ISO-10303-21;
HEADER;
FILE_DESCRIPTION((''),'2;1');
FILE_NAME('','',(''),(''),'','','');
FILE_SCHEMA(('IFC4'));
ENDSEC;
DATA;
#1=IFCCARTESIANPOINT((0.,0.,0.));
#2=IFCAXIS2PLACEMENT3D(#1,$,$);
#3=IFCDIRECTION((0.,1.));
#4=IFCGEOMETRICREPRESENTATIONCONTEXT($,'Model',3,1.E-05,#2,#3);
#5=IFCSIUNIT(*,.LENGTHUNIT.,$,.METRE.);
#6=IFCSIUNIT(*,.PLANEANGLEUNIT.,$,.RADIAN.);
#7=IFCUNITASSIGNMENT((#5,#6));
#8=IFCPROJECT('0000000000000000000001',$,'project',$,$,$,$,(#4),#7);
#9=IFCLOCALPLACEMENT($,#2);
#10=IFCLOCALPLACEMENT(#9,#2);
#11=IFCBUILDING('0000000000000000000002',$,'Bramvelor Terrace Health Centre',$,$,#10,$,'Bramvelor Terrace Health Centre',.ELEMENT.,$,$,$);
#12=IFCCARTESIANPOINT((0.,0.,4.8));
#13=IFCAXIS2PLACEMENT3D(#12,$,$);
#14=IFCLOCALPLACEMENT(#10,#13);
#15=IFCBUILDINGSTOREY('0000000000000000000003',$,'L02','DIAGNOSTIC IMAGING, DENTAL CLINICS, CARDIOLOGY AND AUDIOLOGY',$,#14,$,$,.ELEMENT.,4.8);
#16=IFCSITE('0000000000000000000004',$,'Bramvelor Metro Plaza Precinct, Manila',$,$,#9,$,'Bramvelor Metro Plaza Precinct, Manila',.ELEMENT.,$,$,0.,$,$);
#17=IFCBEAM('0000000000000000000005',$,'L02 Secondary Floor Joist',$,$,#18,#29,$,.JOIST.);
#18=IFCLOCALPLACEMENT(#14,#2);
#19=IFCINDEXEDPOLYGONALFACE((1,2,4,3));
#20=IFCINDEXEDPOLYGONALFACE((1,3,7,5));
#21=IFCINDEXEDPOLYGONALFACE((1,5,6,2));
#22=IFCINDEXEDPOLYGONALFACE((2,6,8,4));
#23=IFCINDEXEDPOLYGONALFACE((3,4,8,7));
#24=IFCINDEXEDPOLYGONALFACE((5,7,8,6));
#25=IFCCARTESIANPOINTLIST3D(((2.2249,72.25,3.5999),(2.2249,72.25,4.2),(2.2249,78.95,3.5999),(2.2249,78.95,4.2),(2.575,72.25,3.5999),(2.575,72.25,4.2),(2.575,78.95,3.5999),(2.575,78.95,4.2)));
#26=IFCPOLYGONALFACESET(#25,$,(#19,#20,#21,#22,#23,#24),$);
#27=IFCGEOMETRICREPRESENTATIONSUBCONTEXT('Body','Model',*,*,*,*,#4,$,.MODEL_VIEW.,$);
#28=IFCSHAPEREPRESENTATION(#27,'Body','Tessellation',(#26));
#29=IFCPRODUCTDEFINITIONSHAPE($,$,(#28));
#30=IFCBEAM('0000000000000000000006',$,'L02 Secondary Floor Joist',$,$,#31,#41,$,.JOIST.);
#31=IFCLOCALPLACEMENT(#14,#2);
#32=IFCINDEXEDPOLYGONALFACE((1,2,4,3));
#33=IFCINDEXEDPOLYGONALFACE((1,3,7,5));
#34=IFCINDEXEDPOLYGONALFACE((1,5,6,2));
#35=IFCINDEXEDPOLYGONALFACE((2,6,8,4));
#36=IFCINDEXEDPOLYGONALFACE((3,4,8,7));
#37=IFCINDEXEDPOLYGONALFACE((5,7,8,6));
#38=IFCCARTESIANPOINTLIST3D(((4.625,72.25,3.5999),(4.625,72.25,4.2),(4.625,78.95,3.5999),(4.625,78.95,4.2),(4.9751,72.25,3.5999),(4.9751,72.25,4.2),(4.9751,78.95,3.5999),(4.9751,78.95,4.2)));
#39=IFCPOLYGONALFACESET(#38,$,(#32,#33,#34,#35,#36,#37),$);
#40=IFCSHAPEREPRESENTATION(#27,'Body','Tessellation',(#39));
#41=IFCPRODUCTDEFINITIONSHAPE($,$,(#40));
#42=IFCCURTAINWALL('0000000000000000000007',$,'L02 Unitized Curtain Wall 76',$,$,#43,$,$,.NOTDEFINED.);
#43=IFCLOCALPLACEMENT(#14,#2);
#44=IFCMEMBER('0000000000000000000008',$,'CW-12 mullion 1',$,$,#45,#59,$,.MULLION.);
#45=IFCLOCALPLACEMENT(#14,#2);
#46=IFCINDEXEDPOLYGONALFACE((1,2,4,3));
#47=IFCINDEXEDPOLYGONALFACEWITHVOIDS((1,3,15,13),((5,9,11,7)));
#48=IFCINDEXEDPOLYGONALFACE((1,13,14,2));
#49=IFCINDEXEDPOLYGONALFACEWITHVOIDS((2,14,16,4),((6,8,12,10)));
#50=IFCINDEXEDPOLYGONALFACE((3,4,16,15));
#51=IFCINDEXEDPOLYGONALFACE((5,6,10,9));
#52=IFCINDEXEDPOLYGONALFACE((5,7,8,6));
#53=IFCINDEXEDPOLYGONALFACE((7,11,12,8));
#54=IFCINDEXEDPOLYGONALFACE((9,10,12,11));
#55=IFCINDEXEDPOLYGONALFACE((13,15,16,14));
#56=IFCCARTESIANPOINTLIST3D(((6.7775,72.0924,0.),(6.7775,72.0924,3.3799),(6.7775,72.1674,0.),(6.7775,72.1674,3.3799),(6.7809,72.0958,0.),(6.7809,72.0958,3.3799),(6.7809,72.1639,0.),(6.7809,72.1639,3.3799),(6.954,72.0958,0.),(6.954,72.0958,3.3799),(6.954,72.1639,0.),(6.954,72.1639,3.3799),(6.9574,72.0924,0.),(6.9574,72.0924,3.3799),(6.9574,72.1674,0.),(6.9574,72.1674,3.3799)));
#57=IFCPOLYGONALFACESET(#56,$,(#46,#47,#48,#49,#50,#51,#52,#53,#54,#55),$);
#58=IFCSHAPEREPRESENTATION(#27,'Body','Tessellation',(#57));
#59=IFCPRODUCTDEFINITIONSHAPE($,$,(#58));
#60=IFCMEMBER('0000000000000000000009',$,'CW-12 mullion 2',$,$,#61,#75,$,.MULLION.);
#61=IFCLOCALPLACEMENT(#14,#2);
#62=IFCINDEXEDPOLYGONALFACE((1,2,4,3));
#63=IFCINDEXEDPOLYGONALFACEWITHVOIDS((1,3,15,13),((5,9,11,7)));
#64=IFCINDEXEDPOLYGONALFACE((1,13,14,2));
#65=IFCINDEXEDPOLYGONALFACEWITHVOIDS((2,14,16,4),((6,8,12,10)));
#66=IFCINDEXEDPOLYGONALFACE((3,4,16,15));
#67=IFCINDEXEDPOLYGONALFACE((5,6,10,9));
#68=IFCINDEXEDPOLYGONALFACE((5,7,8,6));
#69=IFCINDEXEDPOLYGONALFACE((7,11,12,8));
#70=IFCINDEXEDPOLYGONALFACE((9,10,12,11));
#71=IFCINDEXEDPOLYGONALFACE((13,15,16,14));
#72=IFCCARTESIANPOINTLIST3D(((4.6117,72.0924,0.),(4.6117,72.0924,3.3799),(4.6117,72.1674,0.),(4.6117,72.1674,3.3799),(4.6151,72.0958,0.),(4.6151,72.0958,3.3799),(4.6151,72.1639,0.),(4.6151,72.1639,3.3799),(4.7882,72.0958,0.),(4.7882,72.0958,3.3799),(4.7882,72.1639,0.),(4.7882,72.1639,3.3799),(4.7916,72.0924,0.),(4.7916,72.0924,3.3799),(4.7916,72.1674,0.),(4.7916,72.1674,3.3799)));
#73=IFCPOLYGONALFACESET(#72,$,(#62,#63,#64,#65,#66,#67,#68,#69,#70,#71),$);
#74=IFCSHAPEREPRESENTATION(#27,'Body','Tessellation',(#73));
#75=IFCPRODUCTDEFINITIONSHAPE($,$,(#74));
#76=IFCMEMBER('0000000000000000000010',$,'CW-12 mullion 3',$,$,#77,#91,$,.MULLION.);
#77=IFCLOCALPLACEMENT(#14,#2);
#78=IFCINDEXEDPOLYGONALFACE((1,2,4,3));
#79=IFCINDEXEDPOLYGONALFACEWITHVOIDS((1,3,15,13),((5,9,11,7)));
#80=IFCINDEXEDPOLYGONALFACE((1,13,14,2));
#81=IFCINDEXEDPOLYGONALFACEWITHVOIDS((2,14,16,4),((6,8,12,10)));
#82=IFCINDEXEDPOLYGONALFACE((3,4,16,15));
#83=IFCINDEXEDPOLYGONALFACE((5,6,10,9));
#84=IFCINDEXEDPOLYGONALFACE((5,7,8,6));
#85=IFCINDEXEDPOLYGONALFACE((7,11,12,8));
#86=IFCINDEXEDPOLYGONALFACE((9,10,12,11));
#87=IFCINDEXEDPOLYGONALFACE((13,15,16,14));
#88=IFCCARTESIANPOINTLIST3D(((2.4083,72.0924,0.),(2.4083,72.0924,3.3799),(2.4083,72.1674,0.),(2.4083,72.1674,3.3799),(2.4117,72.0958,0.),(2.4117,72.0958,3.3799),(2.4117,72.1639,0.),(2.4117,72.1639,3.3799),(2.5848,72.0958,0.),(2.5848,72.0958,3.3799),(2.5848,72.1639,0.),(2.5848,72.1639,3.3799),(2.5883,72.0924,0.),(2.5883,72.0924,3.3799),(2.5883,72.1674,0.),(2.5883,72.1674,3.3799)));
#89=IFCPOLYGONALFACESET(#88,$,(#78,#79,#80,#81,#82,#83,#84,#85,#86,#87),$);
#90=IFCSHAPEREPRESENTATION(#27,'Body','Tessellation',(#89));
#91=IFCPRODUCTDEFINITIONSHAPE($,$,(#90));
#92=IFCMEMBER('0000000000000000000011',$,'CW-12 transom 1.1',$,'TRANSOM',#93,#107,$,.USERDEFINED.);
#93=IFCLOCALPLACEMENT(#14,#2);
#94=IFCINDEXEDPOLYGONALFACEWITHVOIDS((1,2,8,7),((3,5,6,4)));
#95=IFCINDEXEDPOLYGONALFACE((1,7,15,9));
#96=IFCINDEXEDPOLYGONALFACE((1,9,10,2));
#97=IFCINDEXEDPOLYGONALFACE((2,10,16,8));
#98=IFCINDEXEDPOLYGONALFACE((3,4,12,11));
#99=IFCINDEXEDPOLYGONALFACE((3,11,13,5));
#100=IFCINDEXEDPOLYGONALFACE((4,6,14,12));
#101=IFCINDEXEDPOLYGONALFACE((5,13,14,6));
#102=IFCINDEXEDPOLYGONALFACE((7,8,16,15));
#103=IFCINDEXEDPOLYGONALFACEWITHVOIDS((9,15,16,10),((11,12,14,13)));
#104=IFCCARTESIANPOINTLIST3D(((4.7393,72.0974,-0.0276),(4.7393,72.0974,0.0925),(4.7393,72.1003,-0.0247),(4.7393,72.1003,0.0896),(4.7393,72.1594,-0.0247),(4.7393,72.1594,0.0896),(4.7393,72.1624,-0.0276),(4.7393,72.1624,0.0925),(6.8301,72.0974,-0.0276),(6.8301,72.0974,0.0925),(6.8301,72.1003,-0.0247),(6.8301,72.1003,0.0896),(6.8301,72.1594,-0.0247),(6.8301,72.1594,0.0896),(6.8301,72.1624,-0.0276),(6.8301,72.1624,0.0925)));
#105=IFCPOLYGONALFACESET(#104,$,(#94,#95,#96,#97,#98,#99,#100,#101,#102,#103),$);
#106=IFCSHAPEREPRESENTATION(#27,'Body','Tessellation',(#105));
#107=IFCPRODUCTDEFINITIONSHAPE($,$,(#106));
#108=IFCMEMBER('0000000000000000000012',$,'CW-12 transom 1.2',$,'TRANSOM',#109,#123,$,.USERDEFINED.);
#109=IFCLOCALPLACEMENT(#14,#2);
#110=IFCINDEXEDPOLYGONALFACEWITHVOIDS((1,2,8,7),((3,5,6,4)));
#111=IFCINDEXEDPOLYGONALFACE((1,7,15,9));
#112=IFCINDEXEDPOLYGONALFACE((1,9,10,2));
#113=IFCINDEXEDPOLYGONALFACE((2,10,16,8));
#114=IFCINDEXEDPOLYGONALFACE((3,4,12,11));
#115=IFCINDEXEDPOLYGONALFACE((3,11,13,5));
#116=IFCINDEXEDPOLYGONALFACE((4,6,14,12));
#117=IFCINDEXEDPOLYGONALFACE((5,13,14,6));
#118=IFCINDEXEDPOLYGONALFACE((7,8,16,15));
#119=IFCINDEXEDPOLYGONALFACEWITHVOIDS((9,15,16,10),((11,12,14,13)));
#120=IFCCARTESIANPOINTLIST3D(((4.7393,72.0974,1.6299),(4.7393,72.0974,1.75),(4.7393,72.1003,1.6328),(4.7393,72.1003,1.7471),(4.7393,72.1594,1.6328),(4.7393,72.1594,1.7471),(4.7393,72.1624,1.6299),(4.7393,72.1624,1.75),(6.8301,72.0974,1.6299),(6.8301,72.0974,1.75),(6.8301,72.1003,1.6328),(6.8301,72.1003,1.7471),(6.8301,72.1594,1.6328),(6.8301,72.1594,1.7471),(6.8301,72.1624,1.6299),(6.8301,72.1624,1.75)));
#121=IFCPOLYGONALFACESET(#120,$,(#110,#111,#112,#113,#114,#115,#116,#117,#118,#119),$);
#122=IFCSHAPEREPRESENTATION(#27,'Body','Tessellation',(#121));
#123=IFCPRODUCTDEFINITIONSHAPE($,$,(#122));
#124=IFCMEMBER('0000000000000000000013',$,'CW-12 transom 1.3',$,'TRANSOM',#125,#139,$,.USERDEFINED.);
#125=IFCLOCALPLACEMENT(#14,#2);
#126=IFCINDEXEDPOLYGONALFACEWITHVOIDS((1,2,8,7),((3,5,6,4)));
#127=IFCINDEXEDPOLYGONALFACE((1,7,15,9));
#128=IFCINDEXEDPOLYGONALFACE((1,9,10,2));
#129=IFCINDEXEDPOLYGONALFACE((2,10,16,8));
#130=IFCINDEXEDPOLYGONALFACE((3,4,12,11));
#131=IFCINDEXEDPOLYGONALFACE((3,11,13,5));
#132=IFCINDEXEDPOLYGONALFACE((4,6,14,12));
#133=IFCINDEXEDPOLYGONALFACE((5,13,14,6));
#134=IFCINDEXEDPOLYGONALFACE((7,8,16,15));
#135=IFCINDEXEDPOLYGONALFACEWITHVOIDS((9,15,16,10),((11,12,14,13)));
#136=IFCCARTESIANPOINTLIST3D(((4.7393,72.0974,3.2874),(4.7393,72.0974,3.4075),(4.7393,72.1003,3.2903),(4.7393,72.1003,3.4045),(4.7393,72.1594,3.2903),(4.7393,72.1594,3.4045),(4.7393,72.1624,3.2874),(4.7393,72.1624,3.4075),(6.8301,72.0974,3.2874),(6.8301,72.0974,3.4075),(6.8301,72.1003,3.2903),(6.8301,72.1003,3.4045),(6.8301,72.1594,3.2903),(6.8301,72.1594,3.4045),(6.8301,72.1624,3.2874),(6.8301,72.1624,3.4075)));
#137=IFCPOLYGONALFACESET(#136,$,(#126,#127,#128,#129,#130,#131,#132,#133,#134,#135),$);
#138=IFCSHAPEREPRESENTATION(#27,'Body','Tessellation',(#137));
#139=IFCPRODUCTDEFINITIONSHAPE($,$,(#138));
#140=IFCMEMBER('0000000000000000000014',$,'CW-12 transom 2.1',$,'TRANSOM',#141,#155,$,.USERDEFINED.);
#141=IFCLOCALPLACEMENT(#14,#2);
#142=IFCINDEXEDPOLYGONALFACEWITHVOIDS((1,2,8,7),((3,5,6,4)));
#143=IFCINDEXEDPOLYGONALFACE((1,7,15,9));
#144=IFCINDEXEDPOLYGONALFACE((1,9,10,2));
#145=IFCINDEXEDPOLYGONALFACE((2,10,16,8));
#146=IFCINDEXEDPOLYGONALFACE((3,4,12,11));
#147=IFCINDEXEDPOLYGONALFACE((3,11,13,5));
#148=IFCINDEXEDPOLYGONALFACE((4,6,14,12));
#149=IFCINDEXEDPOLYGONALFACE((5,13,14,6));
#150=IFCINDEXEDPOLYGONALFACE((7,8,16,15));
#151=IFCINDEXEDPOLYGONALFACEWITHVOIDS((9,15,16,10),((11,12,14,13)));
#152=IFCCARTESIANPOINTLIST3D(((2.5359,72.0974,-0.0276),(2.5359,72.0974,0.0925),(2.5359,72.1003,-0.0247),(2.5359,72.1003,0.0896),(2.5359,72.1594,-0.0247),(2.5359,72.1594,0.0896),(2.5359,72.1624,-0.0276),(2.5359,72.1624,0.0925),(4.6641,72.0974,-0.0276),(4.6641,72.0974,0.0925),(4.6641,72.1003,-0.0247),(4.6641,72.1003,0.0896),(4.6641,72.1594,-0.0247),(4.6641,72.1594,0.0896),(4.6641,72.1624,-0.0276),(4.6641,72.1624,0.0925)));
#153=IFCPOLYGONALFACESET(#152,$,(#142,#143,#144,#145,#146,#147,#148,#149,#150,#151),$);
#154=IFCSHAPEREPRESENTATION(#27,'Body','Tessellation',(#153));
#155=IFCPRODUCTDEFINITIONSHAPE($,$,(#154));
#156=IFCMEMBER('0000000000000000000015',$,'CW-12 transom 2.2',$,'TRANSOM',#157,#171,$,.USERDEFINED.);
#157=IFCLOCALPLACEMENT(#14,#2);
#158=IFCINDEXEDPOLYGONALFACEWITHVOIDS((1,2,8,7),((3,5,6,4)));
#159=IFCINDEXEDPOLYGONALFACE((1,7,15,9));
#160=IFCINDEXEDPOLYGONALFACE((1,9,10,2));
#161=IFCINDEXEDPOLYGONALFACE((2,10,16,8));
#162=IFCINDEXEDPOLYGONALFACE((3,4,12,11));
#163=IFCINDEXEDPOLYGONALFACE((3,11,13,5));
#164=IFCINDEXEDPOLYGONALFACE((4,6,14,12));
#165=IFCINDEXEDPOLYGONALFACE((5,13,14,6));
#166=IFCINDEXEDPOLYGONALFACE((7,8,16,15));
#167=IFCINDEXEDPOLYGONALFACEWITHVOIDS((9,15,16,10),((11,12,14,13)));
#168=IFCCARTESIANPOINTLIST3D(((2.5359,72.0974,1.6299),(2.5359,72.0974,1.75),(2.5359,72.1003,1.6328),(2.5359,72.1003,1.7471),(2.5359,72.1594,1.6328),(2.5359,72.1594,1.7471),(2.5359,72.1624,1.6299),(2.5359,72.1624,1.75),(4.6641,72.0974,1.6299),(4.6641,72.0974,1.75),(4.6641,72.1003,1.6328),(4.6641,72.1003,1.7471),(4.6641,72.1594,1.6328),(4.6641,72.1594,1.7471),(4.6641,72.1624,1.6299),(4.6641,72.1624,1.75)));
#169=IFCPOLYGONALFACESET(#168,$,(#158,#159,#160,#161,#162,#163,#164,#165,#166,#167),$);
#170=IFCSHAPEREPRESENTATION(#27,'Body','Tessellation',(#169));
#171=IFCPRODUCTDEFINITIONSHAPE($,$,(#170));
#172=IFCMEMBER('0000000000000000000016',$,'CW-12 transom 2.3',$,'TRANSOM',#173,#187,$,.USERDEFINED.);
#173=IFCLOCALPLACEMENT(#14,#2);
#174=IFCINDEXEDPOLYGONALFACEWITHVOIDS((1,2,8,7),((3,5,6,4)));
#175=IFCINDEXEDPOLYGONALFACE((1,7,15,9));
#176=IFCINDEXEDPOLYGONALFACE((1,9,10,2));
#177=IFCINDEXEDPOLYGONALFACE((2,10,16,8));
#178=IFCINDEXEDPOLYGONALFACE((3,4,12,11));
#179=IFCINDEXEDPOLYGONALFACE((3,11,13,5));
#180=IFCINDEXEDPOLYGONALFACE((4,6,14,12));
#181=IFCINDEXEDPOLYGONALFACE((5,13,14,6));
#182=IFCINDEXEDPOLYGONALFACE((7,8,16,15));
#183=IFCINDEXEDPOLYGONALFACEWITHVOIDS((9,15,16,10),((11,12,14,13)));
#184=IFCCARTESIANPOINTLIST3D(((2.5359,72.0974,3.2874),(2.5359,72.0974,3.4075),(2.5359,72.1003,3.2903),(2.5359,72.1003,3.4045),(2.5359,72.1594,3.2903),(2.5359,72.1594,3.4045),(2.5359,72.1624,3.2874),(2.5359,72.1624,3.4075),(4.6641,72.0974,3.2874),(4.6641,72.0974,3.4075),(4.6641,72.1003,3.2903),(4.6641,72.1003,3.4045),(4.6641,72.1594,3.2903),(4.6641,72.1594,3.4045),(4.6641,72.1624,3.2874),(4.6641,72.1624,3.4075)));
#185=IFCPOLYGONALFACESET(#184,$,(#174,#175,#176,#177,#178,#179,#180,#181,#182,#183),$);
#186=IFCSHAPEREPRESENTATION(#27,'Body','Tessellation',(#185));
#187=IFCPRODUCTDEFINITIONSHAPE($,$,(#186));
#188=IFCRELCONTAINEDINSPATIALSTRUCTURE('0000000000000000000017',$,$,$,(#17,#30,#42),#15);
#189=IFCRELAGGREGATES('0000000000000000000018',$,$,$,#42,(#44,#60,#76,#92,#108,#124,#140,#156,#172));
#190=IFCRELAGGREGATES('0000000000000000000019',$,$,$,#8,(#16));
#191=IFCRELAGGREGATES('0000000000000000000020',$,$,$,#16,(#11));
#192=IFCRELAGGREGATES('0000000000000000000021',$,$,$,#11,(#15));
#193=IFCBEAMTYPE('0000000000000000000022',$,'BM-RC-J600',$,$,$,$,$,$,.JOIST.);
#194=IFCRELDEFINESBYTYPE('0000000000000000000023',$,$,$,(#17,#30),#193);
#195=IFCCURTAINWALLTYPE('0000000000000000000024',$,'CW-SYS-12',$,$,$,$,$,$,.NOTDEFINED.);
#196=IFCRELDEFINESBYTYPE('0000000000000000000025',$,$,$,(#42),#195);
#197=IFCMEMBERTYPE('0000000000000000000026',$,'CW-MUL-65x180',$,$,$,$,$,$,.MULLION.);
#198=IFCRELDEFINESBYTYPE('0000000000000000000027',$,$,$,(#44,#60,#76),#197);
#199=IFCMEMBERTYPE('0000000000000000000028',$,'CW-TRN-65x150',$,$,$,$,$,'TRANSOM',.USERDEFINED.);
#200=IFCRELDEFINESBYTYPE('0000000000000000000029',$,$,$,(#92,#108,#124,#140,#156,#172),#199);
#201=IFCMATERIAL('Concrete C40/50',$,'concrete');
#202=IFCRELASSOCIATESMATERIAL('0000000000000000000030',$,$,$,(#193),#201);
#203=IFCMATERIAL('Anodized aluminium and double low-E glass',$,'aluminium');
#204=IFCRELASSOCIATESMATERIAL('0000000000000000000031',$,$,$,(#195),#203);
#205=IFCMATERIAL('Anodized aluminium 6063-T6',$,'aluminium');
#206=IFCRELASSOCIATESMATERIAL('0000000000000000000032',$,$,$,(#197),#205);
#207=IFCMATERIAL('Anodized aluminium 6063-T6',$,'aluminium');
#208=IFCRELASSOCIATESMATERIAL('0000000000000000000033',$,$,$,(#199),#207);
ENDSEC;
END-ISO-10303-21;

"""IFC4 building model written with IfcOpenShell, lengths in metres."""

from ifc_helpers import new_model, si_unit, direction, frame, origin, origin_2d, place, context, subcontext, project, spatial, rectangle, hollow_rectangle, extrude, material, material_profile, profile_set, type_object, element, aggregate, save


model = new_model("IFC4")

# Units and contexts
model_context = context("Model", 3, precision=1e-05, world=origin(), true_north=direction((0.0, 1.0)))
body_context = subcontext(model_context, "Body", "Model", "MODEL_VIEW")
ifc_project = project(units=[si_unit("LENGTHUNIT", "METRE"), si_unit("PLANEANGLEUNIT", "RADIAN")], contexts=[model_context])

# Site, building, storey
site_placement = place(None, origin())
site = spatial("IfcSite", under=ifc_project, at=site_placement, Name="Bramvelor Metro Plaza Precinct, Manila", LongName="Bramvelor Metro Plaza Precinct, Manila", CompositionType="ELEMENT", RefElevation=0.0)
building_placement = place(site_placement, origin())
building = spatial("IfcBuilding", under=site, at=building_placement, Name="Bramvelor Terrace Health Centre", LongName="Bramvelor Terrace Health Centre", CompositionType="ELEMENT")
storey_placement = place(building_placement, frame((0.0, 0.0, 4.8)))
storey = spatial("IfcBuildingStorey", under=building, at=storey_placement, Name="L02", Description="DIAGNOSTIC IMAGING, DENTAL CLINICS, CARDIOLOGY AND AUDIOLOGY", CompositionType="ELEMENT", Elevation=4.8)

# Beams
ifc_material_1 = material(Name="Concrete C40/50", Category="concrete")
ifc_material_profile_1 = material_profile(ifc_material_1, rectangle(XDim=0.3501, YDim=0.6001, at=origin_2d()), Name="RC 350x600")
ifc_profile_set_1 = profile_set([ifc_material_profile_1], Name="Concrete C40/50")
beam_type = type_object("IfcBeamType", Name="BM-RC-J600", PredefinedType="JOIST", material=ifc_profile_set_1)
for number, where, z_axis, x_axis, name in (
    (1, (2.3999, 72.25, 3.8999), (0.0, 1.0, 0.0), (-1.0, 0.0, 0.0), "L02 Secondary Floor Joist"),
    (2, (4.8, 72.25, 3.8999), (0.0, 1.0, 0.0), (-1.0, 0.0, 0.0), "L02 Secondary Floor Joist"),
):
    element("IfcBeam", number, at=place(storey_placement, frame(where, z_axis=z_axis, x_axis=x_axis)), inside=storey, type_object=beam_type, Name=name, PredefinedType="JOIST", context=body_context, shape_type="SweptSolid", body=[
        extrude(rectangle(XDim=0.3501, YDim=0.6001, at=origin_2d()), origin(), (0.0, 0.0, 1.0), 6.7),
    ])

# Curtain wall, members
ifc_material_2 = material(Name="Anodized aluminium and double low-E glass", Category="aluminium")
curtain_wall_type = type_object("IfcCurtainWallType", Name="CW-SYS-12", PredefinedType="NOTDEFINED", material=ifc_material_2)
curtain_wall_placement = place(storey_placement, origin())
curtain_wall = element("IfcCurtainWall", 3, at=curtain_wall_placement, inside=storey, type_object=curtain_wall_type, Name="L02 Unitized Curtain Wall 76", PredefinedType="NOTDEFINED")
ifc_material_3 = material(Name="Anodized aluminium 6063-T6", Category="aluminium")
ifc_material_profile_2 = material_profile(ifc_material_3, hollow_rectangle(XDim=0.075, YDim=0.1799, WallThickness=0.0034, at=origin_2d()), Name="ALU-MUL 75x180x3.5")
ifc_profile_set_2 = profile_set([ifc_material_profile_2], Name="Anodized aluminium 6063-T6")
member_type_1 = type_object("IfcMemberType", Name="CW-MUL-65x180", PredefinedType="MULLION", material=ifc_profile_set_2)
member_1_placement = place(storey_placement, frame((6.8674, 72.1299, 0.0), z_axis=(0.0, 0.0, 1.0), x_axis=(0.0, -1.0, 0.0)))
member_1 = element("IfcMember", 4, at=member_1_placement, type_object=member_type_1, Name="CW-12 mullion 1", PredefinedType="MULLION", context=body_context, shape_type="SweptSolid", body=[
    extrude(hollow_rectangle(XDim=0.075, YDim=0.1799, WallThickness=0.0034, at=origin_2d()), origin(), (0.0, 0.0, 1.0), 3.3799),
])
member_2_placement = place(storey_placement, frame((4.7017, 72.1299, 0.0), z_axis=(0.0, 0.0, 1.0), x_axis=(0.0, -1.0, 0.0)))
member_2 = element("IfcMember", 5, at=member_2_placement, type_object=member_type_1, Name="CW-12 mullion 2", PredefinedType="MULLION", context=body_context, shape_type="SweptSolid", body=[
    extrude(hollow_rectangle(XDim=0.075, YDim=0.1799, WallThickness=0.0034, at=origin_2d()), origin(), (0.0, 0.0, 1.0), 3.3799),
])
member_3_placement = place(storey_placement, frame((2.4983, 72.1299, 0.0), z_axis=(0.0, 0.0, 1.0), x_axis=(0.0, -1.0, 0.0)))
member_3 = element("IfcMember", 6, at=member_3_placement, type_object=member_type_1, Name="CW-12 mullion 3", PredefinedType="MULLION", context=body_context, shape_type="SweptSolid", body=[
    extrude(hollow_rectangle(XDim=0.075, YDim=0.1799, WallThickness=0.0034, at=origin_2d()), origin(), (0.0, 0.0, 1.0), 3.3799),
])
ifc_material_4 = material(Name="Anodized aluminium 6063-T6", Category="aluminium")
ifc_material_profile_3 = material_profile(ifc_material_4, hollow_rectangle(XDim=0.0649, YDim=0.1201, WallThickness=0.0029, at=origin_2d()), Name="ALU-TRN 65x120x3.0")
ifc_profile_set_3 = profile_set([ifc_material_profile_3], Name="Anodized aluminium 6063-T6")
member_type_2 = type_object("IfcMemberType", Name="CW-TRN-65x150", ElementType="TRANSOM", PredefinedType="USERDEFINED", material=ifc_profile_set_3)
member_4_placement = place(storey_placement, frame((6.8301, 72.1299, 0.0325), z_axis=(-1.0, 0.0, 0.0), x_axis=(0.0, -1.0, 0.0)))
member_4 = element("IfcMember", 7, at=member_4_placement, type_object=member_type_2, Name="CW-12 transom 1.1", ObjectType="TRANSOM", PredefinedType="USERDEFINED", context=body_context, shape_type="SweptSolid", body=[
    extrude(hollow_rectangle(XDim=0.0649, YDim=0.1201, WallThickness=0.0029, at=origin_2d()), origin(), (0.0, 0.0, 1.0), 2.0908),
])
member_5_placement = place(storey_placement, frame((6.8301, 72.1299, 1.6899), z_axis=(-1.0, 0.0, 0.0), x_axis=(0.0, -1.0, 0.0)))
member_5 = element("IfcMember", 8, at=member_5_placement, type_object=member_type_2, Name="CW-12 transom 1.2", ObjectType="TRANSOM", PredefinedType="USERDEFINED", context=body_context, shape_type="SweptSolid", body=[
    extrude(hollow_rectangle(XDim=0.0649, YDim=0.1201, WallThickness=0.0029, at=origin_2d()), origin(), (0.0, 0.0, 1.0), 2.0908),
])
member_6_placement = place(storey_placement, frame((6.8301, 72.1299, 3.3474), z_axis=(-1.0, 0.0, 0.0), x_axis=(0.0, -1.0, 0.0)))
member_6 = element("IfcMember", 9, at=member_6_placement, type_object=member_type_2, Name="CW-12 transom 1.3", ObjectType="TRANSOM", PredefinedType="USERDEFINED", context=body_context, shape_type="SweptSolid", body=[
    extrude(hollow_rectangle(XDim=0.0649, YDim=0.1201, WallThickness=0.0029, at=origin_2d()), origin(), (0.0, 0.0, 1.0), 2.0908),
])
member_7_placement = place(storey_placement, frame((4.6641, 72.1299, 0.0325), z_axis=(-1.0, 0.0, 0.0), x_axis=(0.0, -1.0, 0.0)))
member_7 = element("IfcMember", 10, at=member_7_placement, type_object=member_type_2, Name="CW-12 transom 2.1", ObjectType="TRANSOM", PredefinedType="USERDEFINED", context=body_context, shape_type="SweptSolid", body=[
    extrude(hollow_rectangle(XDim=0.0649, YDim=0.1201, WallThickness=0.0029, at=origin_2d()), origin(), (0.0, 0.0, 1.0), 2.1282),
])
member_8_placement = place(storey_placement, frame((4.6641, 72.1299, 1.6899), z_axis=(-1.0, 0.0, 0.0), x_axis=(0.0, -1.0, 0.0)))
member_8 = element("IfcMember", 11, at=member_8_placement, type_object=member_type_2, Name="CW-12 transom 2.2", ObjectType="TRANSOM", PredefinedType="USERDEFINED", context=body_context, shape_type="SweptSolid", body=[
    extrude(hollow_rectangle(XDim=0.0649, YDim=0.1201, WallThickness=0.0029, at=origin_2d()), origin(), (0.0, 0.0, 1.0), 2.1282),
])
member_9_placement = place(storey_placement, frame((4.6641, 72.1299, 3.3474), z_axis=(-1.0, 0.0, 0.0), x_axis=(0.0, -1.0, 0.0)))
member_9 = element("IfcMember", 12, at=member_9_placement, type_object=member_type_2, Name="CW-12 transom 2.3", ObjectType="TRANSOM", PredefinedType="USERDEFINED", context=body_context, shape_type="SweptSolid", body=[
    extrude(hollow_rectangle(XDim=0.0649, YDim=0.1201, WallThickness=0.0029, at=origin_2d()), origin(), (0.0, 0.0, 1.0), 2.1282),
])
aggregate(curtain_wall, [member_1, member_2, member_3, member_4, member_5, member_6, member_7, member_8, member_9])

save(model, "model.ifc")
